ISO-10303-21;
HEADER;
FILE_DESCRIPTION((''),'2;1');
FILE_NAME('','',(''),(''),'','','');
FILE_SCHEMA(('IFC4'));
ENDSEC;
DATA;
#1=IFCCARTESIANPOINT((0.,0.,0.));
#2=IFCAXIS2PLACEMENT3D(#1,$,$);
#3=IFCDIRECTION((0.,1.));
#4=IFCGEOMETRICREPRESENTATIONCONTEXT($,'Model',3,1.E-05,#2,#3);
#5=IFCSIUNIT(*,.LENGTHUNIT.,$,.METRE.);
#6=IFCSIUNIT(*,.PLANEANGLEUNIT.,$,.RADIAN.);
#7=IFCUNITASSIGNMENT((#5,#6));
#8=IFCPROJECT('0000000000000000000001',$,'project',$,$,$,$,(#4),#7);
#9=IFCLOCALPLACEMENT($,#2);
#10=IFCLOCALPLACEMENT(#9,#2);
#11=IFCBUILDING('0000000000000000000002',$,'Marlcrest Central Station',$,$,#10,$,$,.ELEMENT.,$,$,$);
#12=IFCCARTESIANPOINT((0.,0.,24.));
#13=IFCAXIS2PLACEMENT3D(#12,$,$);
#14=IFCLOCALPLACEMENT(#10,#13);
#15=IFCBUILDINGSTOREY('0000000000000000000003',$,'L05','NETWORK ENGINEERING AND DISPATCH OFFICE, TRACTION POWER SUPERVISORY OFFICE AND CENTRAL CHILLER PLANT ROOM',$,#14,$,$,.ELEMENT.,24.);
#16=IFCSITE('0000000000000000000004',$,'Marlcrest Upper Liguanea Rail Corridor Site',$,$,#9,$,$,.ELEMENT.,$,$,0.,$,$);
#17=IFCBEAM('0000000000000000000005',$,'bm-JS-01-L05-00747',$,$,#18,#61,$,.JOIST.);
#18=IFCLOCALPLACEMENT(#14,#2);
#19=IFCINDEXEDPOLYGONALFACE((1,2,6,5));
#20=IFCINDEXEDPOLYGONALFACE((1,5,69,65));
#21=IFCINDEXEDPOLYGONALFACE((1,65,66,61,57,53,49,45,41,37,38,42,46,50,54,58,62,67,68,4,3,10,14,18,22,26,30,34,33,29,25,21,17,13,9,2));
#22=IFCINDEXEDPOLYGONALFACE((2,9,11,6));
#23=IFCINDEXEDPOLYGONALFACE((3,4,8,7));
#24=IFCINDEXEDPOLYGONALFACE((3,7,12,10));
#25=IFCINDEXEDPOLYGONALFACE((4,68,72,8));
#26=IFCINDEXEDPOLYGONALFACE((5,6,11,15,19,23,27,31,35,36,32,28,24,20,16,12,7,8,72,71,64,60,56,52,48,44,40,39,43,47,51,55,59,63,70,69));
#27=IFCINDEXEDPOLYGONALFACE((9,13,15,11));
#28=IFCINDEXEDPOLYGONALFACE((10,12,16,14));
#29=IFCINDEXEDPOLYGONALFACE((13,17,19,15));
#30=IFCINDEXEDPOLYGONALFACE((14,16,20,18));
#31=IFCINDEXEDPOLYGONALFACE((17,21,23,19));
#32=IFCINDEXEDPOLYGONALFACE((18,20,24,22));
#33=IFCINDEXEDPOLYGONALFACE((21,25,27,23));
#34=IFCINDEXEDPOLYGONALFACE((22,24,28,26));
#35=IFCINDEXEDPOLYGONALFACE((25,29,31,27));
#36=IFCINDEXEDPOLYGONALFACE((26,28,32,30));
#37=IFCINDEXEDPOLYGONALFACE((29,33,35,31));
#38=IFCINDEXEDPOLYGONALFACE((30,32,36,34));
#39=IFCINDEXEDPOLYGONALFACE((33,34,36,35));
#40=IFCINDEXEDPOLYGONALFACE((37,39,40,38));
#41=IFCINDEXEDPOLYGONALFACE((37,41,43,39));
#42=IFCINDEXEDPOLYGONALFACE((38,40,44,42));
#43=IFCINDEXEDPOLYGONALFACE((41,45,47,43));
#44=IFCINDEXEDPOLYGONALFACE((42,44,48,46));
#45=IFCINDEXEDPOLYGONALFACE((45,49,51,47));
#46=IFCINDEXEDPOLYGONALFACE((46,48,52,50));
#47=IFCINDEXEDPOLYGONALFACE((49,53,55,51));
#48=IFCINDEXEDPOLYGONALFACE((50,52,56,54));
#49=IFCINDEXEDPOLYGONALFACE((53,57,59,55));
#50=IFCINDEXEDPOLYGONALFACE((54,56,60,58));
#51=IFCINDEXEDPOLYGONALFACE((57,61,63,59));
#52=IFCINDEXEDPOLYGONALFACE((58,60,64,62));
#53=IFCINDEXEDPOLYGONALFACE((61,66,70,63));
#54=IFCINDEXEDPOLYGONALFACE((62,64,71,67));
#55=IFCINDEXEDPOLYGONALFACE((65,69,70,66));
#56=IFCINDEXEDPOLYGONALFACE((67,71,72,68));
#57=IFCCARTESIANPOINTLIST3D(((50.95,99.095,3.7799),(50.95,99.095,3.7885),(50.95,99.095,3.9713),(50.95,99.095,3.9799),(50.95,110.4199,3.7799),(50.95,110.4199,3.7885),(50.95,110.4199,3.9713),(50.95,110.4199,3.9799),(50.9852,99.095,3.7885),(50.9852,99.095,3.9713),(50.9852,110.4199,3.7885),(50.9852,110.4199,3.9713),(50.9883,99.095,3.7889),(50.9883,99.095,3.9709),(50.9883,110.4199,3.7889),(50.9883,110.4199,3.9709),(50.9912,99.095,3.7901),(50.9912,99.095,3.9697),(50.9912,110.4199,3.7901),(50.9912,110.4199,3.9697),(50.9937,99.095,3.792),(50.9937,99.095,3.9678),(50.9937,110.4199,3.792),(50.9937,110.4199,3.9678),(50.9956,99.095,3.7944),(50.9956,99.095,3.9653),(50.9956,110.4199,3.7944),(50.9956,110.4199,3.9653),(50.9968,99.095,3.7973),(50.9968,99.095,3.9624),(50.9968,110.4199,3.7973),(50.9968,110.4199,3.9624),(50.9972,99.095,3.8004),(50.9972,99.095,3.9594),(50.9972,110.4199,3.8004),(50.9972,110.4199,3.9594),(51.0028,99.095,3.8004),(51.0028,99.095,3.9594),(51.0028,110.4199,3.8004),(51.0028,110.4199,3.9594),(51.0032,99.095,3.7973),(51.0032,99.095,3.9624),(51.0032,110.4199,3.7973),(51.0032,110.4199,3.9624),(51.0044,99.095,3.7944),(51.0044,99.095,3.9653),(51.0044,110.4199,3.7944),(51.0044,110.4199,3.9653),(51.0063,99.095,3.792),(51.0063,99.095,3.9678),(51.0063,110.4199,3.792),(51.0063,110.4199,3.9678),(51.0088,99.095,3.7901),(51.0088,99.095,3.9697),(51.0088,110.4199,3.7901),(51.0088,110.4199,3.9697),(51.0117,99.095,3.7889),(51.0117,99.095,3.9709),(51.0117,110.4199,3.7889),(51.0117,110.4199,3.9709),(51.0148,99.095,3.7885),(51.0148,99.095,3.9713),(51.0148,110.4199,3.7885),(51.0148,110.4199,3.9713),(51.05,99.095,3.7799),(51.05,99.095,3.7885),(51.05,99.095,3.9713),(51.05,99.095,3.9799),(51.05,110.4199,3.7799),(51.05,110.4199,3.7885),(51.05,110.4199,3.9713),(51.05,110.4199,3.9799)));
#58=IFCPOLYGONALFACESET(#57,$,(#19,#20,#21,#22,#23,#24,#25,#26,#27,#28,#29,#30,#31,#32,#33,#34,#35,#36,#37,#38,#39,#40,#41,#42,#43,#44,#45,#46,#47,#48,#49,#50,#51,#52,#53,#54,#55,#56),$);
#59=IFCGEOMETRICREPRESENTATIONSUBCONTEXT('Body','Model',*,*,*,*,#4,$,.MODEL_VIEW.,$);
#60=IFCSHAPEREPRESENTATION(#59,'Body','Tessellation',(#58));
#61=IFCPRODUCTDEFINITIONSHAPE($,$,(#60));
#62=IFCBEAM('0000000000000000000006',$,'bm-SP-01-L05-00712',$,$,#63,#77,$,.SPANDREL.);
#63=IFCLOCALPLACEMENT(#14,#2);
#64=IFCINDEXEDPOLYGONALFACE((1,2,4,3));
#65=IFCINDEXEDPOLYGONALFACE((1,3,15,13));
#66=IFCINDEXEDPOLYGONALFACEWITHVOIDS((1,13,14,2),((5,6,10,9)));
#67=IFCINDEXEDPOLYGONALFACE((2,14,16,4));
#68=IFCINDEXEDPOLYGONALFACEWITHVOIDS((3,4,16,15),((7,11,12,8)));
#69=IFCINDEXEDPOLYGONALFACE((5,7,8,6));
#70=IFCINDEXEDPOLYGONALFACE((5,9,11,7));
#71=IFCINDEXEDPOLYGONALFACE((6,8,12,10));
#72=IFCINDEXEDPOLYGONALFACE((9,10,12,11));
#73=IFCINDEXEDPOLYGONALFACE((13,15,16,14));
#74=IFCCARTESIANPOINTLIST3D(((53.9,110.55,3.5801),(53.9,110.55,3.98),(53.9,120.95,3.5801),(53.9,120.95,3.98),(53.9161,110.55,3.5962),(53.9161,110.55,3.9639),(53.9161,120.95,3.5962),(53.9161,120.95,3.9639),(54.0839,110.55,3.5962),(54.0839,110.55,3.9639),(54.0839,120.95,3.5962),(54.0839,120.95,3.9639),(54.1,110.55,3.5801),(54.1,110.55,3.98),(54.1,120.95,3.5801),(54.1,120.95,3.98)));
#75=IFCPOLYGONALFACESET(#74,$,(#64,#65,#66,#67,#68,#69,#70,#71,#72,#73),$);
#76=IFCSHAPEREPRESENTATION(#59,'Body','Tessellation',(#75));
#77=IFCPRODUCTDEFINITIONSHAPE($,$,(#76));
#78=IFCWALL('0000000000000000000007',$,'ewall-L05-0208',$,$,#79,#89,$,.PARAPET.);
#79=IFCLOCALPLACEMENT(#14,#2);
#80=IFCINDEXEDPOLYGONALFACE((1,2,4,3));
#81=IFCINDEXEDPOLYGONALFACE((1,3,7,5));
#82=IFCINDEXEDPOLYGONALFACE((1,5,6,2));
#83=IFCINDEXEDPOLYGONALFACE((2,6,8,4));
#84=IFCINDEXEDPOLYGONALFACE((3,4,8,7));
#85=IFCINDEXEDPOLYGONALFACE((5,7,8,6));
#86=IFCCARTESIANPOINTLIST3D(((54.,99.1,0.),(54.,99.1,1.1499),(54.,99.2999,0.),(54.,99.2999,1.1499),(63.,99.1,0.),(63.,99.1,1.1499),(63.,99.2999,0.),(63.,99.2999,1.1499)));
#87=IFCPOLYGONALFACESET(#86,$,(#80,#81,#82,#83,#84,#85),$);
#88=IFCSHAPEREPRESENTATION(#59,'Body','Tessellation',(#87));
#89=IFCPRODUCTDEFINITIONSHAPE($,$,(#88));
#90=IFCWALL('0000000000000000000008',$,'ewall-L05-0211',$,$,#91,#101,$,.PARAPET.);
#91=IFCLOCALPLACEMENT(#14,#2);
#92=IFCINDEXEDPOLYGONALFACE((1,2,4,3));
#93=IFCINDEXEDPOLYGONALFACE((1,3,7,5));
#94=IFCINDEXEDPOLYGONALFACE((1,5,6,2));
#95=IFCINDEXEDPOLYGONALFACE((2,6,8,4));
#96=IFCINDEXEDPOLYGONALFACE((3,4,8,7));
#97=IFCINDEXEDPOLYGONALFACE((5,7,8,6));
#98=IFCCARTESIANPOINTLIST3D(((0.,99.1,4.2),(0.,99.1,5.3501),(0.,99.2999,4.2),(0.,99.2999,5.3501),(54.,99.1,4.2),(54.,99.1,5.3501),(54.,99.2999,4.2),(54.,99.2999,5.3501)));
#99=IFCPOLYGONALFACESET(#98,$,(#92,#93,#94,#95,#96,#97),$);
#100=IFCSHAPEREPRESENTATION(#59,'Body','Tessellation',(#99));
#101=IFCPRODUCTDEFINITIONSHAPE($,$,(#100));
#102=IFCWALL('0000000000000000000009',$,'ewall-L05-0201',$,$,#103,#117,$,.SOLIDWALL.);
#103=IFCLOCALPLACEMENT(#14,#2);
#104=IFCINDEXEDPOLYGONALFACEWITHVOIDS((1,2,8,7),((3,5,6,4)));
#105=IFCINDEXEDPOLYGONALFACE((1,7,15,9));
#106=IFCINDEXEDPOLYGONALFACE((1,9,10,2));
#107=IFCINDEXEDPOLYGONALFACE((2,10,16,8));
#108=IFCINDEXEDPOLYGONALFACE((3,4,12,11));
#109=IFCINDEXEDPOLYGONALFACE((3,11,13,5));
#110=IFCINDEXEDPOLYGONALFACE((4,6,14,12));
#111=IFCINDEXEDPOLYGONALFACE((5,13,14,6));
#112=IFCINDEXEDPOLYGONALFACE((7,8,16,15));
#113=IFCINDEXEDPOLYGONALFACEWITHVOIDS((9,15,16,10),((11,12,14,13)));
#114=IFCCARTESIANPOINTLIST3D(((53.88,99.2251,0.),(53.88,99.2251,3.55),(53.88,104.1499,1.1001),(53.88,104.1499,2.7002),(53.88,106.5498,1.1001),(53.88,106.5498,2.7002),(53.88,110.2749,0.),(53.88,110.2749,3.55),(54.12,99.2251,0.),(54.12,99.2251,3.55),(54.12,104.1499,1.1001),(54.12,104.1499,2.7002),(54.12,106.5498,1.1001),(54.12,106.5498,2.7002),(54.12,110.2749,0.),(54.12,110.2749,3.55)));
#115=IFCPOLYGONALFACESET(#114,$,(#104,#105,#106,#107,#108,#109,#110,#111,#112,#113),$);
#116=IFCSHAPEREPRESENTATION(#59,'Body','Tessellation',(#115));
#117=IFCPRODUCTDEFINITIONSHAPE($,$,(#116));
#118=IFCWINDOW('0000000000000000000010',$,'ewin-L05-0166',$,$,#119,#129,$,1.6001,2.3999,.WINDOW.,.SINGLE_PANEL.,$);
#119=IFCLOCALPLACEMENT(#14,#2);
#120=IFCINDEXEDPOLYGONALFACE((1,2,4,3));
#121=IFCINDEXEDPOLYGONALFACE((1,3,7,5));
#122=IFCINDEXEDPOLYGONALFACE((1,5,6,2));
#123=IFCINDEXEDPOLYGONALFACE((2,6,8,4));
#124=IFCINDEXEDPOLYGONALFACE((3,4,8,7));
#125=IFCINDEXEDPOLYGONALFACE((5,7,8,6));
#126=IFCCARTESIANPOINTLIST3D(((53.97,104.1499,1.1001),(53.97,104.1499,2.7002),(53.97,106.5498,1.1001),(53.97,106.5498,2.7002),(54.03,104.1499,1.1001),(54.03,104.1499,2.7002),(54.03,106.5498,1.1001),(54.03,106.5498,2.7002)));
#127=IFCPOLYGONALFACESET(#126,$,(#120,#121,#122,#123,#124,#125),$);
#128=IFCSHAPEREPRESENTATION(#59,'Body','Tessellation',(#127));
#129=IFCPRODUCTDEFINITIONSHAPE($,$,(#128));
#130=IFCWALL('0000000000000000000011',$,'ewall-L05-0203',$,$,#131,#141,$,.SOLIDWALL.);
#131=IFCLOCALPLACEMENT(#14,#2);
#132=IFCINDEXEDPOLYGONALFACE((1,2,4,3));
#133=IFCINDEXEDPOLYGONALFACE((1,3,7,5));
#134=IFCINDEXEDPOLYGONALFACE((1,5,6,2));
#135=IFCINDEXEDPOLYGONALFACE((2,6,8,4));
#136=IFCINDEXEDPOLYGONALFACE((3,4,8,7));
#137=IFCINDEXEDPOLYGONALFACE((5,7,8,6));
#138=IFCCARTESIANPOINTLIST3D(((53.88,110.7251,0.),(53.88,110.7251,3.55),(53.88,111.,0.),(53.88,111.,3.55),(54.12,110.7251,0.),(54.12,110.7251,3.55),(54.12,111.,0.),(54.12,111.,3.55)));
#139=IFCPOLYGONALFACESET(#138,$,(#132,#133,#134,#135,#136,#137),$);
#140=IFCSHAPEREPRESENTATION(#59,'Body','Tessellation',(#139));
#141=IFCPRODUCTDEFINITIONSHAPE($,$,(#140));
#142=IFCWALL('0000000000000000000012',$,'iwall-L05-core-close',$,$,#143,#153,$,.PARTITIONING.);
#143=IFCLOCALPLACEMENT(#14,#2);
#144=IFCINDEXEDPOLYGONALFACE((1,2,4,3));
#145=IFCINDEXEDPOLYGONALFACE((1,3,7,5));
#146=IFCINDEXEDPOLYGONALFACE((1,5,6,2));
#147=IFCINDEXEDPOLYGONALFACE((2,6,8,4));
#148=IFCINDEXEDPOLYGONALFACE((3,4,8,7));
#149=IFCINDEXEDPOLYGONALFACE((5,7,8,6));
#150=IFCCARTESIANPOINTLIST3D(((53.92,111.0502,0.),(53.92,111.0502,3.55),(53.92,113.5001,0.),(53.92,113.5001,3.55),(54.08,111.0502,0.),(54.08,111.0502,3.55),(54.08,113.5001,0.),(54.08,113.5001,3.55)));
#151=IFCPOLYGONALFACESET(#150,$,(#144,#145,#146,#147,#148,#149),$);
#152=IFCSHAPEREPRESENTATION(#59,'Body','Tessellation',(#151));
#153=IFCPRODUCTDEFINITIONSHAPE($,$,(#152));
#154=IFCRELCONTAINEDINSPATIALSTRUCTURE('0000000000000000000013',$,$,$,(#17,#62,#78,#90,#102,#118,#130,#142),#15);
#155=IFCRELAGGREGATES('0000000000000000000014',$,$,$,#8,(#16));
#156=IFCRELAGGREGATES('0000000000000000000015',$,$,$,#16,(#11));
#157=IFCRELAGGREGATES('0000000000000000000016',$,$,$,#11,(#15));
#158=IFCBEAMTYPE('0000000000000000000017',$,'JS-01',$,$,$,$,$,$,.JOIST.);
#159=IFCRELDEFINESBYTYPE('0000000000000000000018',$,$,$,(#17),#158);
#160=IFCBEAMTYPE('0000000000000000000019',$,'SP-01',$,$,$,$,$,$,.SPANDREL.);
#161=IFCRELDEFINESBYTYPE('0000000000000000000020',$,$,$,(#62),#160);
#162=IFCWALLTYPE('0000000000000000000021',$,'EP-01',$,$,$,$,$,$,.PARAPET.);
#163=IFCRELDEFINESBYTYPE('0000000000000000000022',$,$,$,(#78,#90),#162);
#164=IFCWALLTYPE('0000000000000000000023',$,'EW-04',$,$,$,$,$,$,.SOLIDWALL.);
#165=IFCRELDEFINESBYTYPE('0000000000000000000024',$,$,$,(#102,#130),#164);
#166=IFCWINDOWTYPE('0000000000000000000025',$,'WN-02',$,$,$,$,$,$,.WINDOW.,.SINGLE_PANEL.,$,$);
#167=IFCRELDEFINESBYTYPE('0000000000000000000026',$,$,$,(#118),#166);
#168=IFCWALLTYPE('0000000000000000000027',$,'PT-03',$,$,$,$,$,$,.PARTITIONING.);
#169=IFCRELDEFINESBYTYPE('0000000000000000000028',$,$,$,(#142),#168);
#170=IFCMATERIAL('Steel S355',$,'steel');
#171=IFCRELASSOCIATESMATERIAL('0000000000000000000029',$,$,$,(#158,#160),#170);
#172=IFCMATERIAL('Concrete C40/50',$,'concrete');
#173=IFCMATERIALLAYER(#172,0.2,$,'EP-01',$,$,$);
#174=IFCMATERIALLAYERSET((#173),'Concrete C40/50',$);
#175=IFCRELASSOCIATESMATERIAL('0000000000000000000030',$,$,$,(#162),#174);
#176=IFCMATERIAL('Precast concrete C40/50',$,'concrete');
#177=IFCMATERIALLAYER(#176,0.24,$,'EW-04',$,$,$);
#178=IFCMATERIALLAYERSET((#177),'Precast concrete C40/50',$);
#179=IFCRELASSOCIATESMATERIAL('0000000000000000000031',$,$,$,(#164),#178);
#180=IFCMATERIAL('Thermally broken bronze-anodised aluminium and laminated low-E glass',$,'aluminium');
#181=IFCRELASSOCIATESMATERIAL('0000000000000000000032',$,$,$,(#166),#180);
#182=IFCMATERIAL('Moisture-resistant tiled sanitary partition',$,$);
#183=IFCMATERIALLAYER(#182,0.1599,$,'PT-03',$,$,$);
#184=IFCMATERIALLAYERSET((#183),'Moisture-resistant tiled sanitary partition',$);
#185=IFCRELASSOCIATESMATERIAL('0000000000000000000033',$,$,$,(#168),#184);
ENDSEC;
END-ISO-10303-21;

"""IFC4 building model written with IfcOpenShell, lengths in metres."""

from ifc_helpers import new_model, si_unit, direction, frame, frame_2d, origin, origin_2d, place, context, subcontext, project, spatial, rectangle, hollow_rectangle, i_section, extrude, material, layer, layer_set, material_profile, profile_set, type_object, element, fill, save


model = new_model("IFC4")

# Units and contexts
model_context = context("Model", 3, precision=1e-05, world=origin(), true_north=direction((0.0, 1.0)))
body_context = subcontext(model_context, "Body", "Model", "MODEL_VIEW")
ifc_project = project(units=[si_unit("LENGTHUNIT", "METRE"), si_unit("PLANEANGLEUNIT", "RADIAN")], contexts=[model_context])

# Site, building, storey
site_placement = place(None, origin())
site = spatial("IfcSite", under=ifc_project, at=site_placement, Name="Marlcrest Upper Liguanea Rail Corridor Site", CompositionType="ELEMENT", RefElevation=0.0)
building_placement = place(site_placement, origin())
building = spatial("IfcBuilding", under=site, at=building_placement, Name="Marlcrest Central Station", CompositionType="ELEMENT")
storey_placement = place(building_placement, frame((0.0, 0.0, 24.0)))
storey = spatial("IfcBuildingStorey", under=building, at=storey_placement, Name="L05", Description="NETWORK ENGINEERING AND DISPATCH OFFICE, TRACTION POWER SUPERVISORY OFFICE AND CENTRAL CHILLER PLANT ROOM", CompositionType="ELEMENT", Elevation=24.0)

# Shared definitions
ifc_material_1 = material(Name="Steel S355", Category="steel")

# Beams
ifc_material_profile_1 = material_profile(ifc_material_1, i_section(OverallWidth=0.1001, OverallDepth=0.2, WebThickness=0.0056, FlangeThickness=0.0085, FilletRadius=0.012, at=origin_2d()), Name="IPE 200")
ifc_profile_set_1 = profile_set([ifc_material_profile_1], Name="Steel S355")
beam_type_1 = type_object("IfcBeamType", Name="JS-01", PredefinedType="JOIST", material=ifc_profile_set_1)
for number, where, z_axis, x_axis, name in (
    (1, (51.0, 99.095, 3.8799), (0.0, 1.0, 0.0), (-1.0, 0.0, 0.0), "bm-JS-01-L05-00747"),
):
    element("IfcBeam", number, at=place(storey_placement, frame(where, z_axis=z_axis, x_axis=x_axis)), inside=storey, type_object=beam_type_1, Name=name, PredefinedType="JOIST", context=body_context, shape_type="SweptSolid", body=[
        extrude(i_section(OverallWidth=0.1001, OverallDepth=0.2, WebThickness=0.0056, FlangeThickness=0.0085, FilletRadius=0.012, at=origin_2d()), origin(), (0.0, 0.0, 1.0), 11.325),
    ])
ifc_material_profile_2 = material_profile(ifc_material_1, hollow_rectangle(XDim=0.2, YDim=0.3999, WallThickness=0.0161, at=origin_2d()), Name="RHS 400x200x16")
ifc_profile_set_2 = profile_set([ifc_material_profile_2], Name="Steel S355")
beam_type_2 = type_object("IfcBeamType", Name="SP-01", PredefinedType="SPANDREL", material=ifc_profile_set_2)
beam_1_placement = place(storey_placement, frame((54.0, 110.55, 3.78), z_axis=(0.0, 1.0, 0.0), x_axis=(-1.0, 0.0, 0.0)))
element("IfcBeam", 2, at=beam_1_placement, inside=storey, type_object=beam_type_2, Name="bm-SP-01-L05-00712", PredefinedType="SPANDREL", context=body_context, shape_type="SweptSolid", body=[
    extrude(hollow_rectangle(XDim=0.2, YDim=0.3999, WallThickness=0.0161, at=origin_2d()), origin(), (0.0, 0.0, 1.0), 10.3999),
])

# Walls
ifc_material_2 = material(Name="Concrete C40/50", Category="concrete")
ifc_layer_1 = layer(ifc_material_2, 0.2, Name="EP-01")
ifc_layer_set_1 = layer_set([ifc_layer_1], Name="Concrete C40/50")
wall_type_1 = type_object("IfcWallType", Name="EP-01", PredefinedType="PARAPET", material=ifc_layer_set_1)
wall_1_placement = place(storey_placement, frame((63.0, 99.2, 0.0), z_axis=(0.0, 0.0, 1.0), x_axis=(-1.0, 0.0, 0.0)))
element("IfcWall", 3, at=wall_1_placement, inside=storey, type_object=wall_type_1, Name="ewall-L05-0208", PredefinedType="PARAPET", context=body_context, shape_type="SweptSolid", body=[
    extrude(rectangle(XDim=9.0, YDim=0.2, at=frame_2d((4.5, 0.0))), origin(), (0.0, 0.0, 1.0), 1.1499),
])
wall_2_placement = place(storey_placement, frame((54.0, 99.2, 4.2), z_axis=(0.0, 0.0, 1.0), x_axis=(-1.0, 0.0, 0.0)))
element("IfcWall", 4, at=wall_2_placement, inside=storey, type_object=wall_type_1, Name="ewall-L05-0211", PredefinedType="PARAPET", context=body_context, shape_type="SweptSolid", body=[
    extrude(rectangle(XDim=54.0, YDim=0.2, at=frame_2d((27.0, 0.0))), origin(), (0.0, 0.0, 1.0), 1.1501),
])

# Wall, opening, window
ifc_material_3 = material(Name="Precast concrete C40/50", Category="concrete")
ifc_layer_2 = layer(ifc_material_3, 0.24, Name="EW-04")
ifc_layer_set_2 = layer_set([ifc_layer_2], Name="Precast concrete C40/50")
wall_type_2 = type_object("IfcWallType", Name="EW-04", PredefinedType="SOLIDWALL", material=ifc_layer_set_2)
wall_3_placement = place(storey_placement, frame((54.0, 110.2749, 0.0), z_axis=(0.0, 0.0, 1.0), x_axis=(0.0, -1.0, 0.0)))
wall_3 = element("IfcWall", 5, at=wall_3_placement, inside=storey, type_object=wall_type_2, Name="ewall-L05-0201", PredefinedType="SOLIDWALL", context=body_context, shape_type="SweptSolid", body=[
    extrude(rectangle(XDim=11.0498, YDim=0.24, at=frame_2d((5.5249, 0.0))), origin(), (0.0, 0.0, 1.0), 3.55),
])
opening_1_placement = place(wall_3_placement, frame((3.7251, 0.0, 1.1001)))
opening_1 = element("IfcOpeningElement", 6, at=opening_1_placement, cuts=wall_3, PredefinedType="OPENING", context=body_context, shape_type="SweptSolid", body=[
    extrude(rectangle(XDim=2.3999, YDim=1.6001, at=frame_2d((1.2, 0.8))), frame((0.0, 0.1299, 0.0), z_axis=(0.0, -1.0, 0.0), x_axis=(1.0, 0.0, 0.0)), (0.0, 0.0, 1.0), 0.26),
])
ifc_material_4 = material(Name="Thermally broken bronze-anodised aluminium and laminated low-E glass", Category="aluminium")
window_type = type_object("IfcWindowType", Name="WN-02", PartitioningType="SINGLE_PANEL", PredefinedType="WINDOW", material=ifc_material_4)
window_placement = place(opening_1_placement, origin())
window = element("IfcWindow", 7, at=window_placement, inside=storey, type_object=window_type, Name="ewin-L05-0166", OverallHeight=1.6001, OverallWidth=2.3999, PartitioningType="SINGLE_PANEL", PredefinedType="WINDOW", context=body_context, shape_type="SweptSolid", body=[
    extrude(rectangle(XDim=2.3999, YDim=1.6001, at=frame_2d((1.2, 0.8))), frame((0.0, 0.03, 0.0), z_axis=(0.0, -1.0, 0.0), x_axis=(1.0, 0.0, 0.0)), (0.0, 0.0, 1.0), 0.0601),
])
fill(opening_1, window)

# Wall
wall_4_placement = place(storey_placement, frame((54.0, 111.0, 0.0), z_axis=(0.0, 0.0, 1.0), x_axis=(0.0, -1.0, 0.0)))
element("IfcWall", 8, at=wall_4_placement, inside=storey, type_object=wall_type_2, Name="ewall-L05-0203", PredefinedType="SOLIDWALL", context=body_context, shape_type="SweptSolid", body=[
    extrude(rectangle(XDim=0.2749, YDim=0.24, at=frame_2d((0.1375, 0.0))), origin(), (0.0, 0.0, 1.0), 3.55),
])

# Shared definitions
ifc_material_5 = material(Name="Moisture-resistant tiled sanitary partition")
ifc_layer_3 = layer(ifc_material_5, 0.1599, Name="PT-03")
ifc_layer_set_3 = layer_set([ifc_layer_3], Name="Moisture-resistant tiled sanitary partition")
wall_type_3 = type_object("IfcWallType", Name="PT-03", PredefinedType="PARTITIONING", material=ifc_layer_set_3)

# Wall
wall_5_placement = place(storey_placement, frame((54.0, 111.05, 0.0), z_axis=(0.0, 0.0, 1.0), x_axis=(0.0, 1.0, 0.0)))
element("IfcWall", 9, at=wall_5_placement, inside=storey, type_object=wall_type_3, Name="iwall-L05-core-close", PredefinedType="PARTITIONING", context=body_context, shape_type="SweptSolid", body=[
    extrude(rectangle(XDim=2.45, YDim=0.1599, at=frame_2d((1.2251, 0.0))), origin(), (0.0, 0.0, 1.0), 3.55),
])

save(model, "model.ifc")
